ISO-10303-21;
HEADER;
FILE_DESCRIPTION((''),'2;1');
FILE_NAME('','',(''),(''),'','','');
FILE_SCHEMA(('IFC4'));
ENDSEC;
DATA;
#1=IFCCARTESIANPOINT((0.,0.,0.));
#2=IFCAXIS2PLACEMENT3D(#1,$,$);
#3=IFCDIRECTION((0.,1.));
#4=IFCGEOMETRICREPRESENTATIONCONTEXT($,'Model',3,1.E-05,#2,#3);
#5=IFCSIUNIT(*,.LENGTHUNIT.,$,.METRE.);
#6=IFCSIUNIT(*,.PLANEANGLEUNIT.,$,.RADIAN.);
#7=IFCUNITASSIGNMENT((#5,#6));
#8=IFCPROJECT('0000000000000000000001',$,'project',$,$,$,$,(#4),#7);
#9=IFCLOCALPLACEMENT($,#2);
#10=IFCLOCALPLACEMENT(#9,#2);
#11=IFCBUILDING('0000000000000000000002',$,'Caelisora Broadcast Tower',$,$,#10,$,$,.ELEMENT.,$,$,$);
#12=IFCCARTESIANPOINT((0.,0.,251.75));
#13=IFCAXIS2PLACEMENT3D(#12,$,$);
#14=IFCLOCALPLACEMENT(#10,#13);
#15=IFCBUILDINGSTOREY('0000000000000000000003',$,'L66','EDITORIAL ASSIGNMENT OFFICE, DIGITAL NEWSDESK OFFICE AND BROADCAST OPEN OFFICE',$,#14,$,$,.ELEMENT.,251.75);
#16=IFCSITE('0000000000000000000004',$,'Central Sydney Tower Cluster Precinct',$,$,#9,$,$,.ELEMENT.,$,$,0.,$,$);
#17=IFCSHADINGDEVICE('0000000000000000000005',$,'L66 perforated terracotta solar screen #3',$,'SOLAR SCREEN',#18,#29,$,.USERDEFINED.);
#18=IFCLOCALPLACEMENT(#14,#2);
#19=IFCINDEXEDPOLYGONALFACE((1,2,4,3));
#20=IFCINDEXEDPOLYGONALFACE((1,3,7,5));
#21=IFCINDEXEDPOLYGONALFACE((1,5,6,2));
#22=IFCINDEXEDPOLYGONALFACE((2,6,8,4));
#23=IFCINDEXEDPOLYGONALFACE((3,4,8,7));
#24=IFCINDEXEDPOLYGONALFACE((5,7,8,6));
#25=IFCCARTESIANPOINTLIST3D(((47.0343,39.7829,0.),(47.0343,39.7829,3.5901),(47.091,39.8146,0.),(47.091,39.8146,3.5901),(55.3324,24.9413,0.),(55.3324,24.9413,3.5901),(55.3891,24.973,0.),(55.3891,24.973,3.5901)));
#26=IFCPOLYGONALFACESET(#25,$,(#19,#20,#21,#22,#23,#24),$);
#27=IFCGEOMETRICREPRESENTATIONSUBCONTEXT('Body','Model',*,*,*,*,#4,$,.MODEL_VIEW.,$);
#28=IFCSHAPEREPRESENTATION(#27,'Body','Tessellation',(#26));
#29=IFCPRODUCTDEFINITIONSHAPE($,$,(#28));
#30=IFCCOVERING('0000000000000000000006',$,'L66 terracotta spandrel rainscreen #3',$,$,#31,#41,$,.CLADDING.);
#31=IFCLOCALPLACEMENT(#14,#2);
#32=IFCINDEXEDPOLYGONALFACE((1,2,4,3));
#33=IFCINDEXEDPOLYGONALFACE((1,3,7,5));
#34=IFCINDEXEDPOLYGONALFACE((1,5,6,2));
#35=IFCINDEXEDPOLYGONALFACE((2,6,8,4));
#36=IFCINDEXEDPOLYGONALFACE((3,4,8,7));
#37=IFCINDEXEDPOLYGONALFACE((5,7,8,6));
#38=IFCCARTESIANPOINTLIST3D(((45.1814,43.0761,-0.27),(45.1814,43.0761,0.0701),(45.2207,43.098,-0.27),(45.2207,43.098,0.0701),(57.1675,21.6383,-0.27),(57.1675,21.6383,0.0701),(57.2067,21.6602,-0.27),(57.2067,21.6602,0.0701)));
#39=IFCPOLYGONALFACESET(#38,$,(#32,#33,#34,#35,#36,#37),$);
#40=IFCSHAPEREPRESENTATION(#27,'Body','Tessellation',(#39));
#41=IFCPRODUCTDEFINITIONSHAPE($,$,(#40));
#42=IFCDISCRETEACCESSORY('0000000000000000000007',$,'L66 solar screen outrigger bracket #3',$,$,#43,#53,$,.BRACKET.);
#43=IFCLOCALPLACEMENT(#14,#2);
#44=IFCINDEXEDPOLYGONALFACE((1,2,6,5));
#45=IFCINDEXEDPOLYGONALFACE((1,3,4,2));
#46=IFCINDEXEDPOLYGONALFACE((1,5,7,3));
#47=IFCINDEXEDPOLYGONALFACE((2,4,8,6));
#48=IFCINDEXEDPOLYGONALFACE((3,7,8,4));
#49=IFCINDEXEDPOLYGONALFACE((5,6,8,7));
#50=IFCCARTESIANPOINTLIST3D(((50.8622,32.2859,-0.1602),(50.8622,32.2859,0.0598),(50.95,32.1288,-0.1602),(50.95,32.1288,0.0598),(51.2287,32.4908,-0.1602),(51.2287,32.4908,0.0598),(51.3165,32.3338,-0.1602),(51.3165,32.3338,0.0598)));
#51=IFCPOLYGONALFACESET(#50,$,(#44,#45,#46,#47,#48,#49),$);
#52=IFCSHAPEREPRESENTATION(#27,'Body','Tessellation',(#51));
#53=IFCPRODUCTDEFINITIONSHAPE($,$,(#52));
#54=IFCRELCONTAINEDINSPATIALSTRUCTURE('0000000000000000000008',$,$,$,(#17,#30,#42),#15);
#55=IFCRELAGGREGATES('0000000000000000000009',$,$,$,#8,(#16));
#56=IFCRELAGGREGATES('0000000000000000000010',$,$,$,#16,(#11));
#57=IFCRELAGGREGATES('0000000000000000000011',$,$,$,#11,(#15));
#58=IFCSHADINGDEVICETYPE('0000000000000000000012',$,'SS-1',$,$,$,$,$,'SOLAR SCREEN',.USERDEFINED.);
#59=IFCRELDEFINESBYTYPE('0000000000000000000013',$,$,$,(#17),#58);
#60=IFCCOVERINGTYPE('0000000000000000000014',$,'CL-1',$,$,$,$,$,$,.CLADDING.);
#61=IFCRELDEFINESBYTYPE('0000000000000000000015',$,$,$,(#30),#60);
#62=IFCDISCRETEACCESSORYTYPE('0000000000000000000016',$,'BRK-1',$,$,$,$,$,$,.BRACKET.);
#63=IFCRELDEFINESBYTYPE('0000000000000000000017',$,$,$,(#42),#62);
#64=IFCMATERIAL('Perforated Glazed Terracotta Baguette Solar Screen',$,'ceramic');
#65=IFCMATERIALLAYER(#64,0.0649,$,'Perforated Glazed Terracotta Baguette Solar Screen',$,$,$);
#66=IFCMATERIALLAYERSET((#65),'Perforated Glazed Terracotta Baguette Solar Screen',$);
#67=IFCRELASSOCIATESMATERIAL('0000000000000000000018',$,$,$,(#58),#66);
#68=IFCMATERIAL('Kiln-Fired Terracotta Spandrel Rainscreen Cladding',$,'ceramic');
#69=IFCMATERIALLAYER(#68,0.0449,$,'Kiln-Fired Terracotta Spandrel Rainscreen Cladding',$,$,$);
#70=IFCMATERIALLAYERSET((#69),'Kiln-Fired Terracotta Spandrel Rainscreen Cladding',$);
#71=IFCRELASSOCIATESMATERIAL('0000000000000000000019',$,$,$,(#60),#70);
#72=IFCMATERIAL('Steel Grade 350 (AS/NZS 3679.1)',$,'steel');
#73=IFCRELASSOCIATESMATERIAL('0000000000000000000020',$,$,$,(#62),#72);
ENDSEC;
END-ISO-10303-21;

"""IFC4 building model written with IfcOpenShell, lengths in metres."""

from ifc_helpers import new_model, si_unit, direction, frame, origin, origin_2d, place, context, subcontext, project, spatial, rectangle, extrude, source, transform, mapped, material, layer, layer_set, type_object, type_shapes, element, save


model = new_model("IFC4")

# Units and contexts
model_context = context("Model", 3, precision=1e-05, world=origin(), true_north=direction((0.0, 1.0)))
body_context = subcontext(model_context, "Body", "Model", "MODEL_VIEW")
ifc_project = project(units=[si_unit("LENGTHUNIT", "METRE"), si_unit("PLANEANGLEUNIT", "RADIAN")], contexts=[model_context])

# Site, building, storey
site_placement = place(None, origin())
site = spatial("IfcSite", under=ifc_project, at=site_placement, Name="Central Sydney Tower Cluster Precinct", CompositionType="ELEMENT", RefElevation=0.0)
building_placement = place(site_placement, origin())
building = spatial("IfcBuilding", under=site, at=building_placement, Name="Caelisora Broadcast Tower", CompositionType="ELEMENT")
storey_placement = place(building_placement, frame((0.0, 0.0, 251.75)))
storey = spatial("IfcBuildingStorey", under=building, at=storey_placement, Name="L66", Description="EDITORIAL ASSIGNMENT OFFICE, DIGITAL NEWSDESK OFFICE AND BROADCAST OPEN OFFICE", CompositionType="ELEMENT", Elevation=251.75)

# Shared definitions
ifc_material_1 = material(Name="Steel Grade 350 (AS/NZS 3679.1)", Category="steel")

# Shading device
ifc_material_2 = material(Name="Perforated Glazed Terracotta Baguette Solar Screen", Category="ceramic")
ifc_layer_1 = layer(ifc_material_2, 0.0649, Name="Perforated Glazed Terracotta Baguette Solar Screen")
ifc_layer_set_1 = layer_set([ifc_layer_1], Name="Perforated Glazed Terracotta Baguette Solar Screen")
shading_device_type = type_object("IfcShadingDeviceType", Name="SS-1", ElementType="SOLAR SCREEN", PredefinedType="USERDEFINED", material=ifc_layer_set_1)
shared_shape_1 = source(origin(), body_context, "Body", "SweptSolid", [
    extrude(rectangle(XDim=17.0039, YDim=0.0649, at=origin_2d()), origin(), (0.0, 0.0, 1.0), 3.5901),
])
type_shapes(shading_device_type, [shared_shape_1])
shading_device_placement = place(storey_placement, frame((51.2117, 32.3779, 0.0), z_axis=(0.0, 0.0, 1.0), x_axis=(-0.488012, 0.872837, 0.0)))
element("IfcShadingDevice", 1, at=shading_device_placement, inside=storey, type_object=shading_device_type, Name="L66 perforated terracotta solar screen #3", ObjectType="SOLAR SCREEN", PredefinedType="USERDEFINED", context=body_context, shape_type="MappedRepresentation", body=[
    mapped(shared_shape_1, transform((0.0, 0.0, 0.0), scale=1.0)),
])

# Covering
ifc_material_3 = material(Name="Kiln-Fired Terracotta Spandrel Rainscreen Cladding", Category="ceramic")
ifc_layer_2 = layer(ifc_material_3, 0.0449, Name="Kiln-Fired Terracotta Spandrel Rainscreen Cladding")
ifc_layer_set_2 = layer_set([ifc_layer_2], Name="Kiln-Fired Terracotta Spandrel Rainscreen Cladding")
covering_type = type_object("IfcCoveringType", Name="CL-1", PredefinedType="CLADDING", material=ifc_layer_set_2)
shared_shape_2 = source(origin(), body_context, "Body", "SweptSolid", [
    extrude(rectangle(XDim=24.561, YDim=0.0449, at=origin_2d()), origin(), (0.0, 0.0, 1.0), 0.3401),
])
type_shapes(covering_type, [shared_shape_2])
covering_placement = place(storey_placement, frame((51.1941, 32.3682, -0.27), z_axis=(0.0, 0.0, 1.0), x_axis=(-0.488012, 0.872837, 0.0)))
element("IfcCovering", 2, at=covering_placement, inside=storey, type_object=covering_type, Name="L66 terracotta spandrel rainscreen #3", PredefinedType="CLADDING", context=body_context, shape_type="MappedRepresentation", body=[
    mapped(shared_shape_2, transform((0.0, 0.0, 0.0), scale=1.0)),
])

# Discrete accessory
discrete_accessory_type = type_object("IfcDiscreteAccessoryType", Name="BRK-1", PredefinedType="BRACKET", material=ifc_material_1)
shared_shape_3 = source(origin(), body_context, "Body", "SweptSolid", [
    extrude(rectangle(XDim=0.1799, YDim=0.4199, at=origin_2d()), origin(), (0.0, 0.0, 1.0), 0.22),
])
type_shapes(discrete_accessory_type, [shared_shape_3])
discrete_accessory_placement = place(storey_placement, frame((51.0894, 32.3098, -0.1602), z_axis=(0.0, 0.0, 1.0), x_axis=(-0.488012, 0.872837, 0.0)))
element("IfcDiscreteAccessory", 3, at=discrete_accessory_placement, inside=storey, type_object=discrete_accessory_type, Name="L66 solar screen outrigger bracket #3", PredefinedType="BRACKET", context=body_context, shape_type="MappedRepresentation", body=[
    mapped(shared_shape_3, transform((0.0, 0.0, 0.0), scale=1.0)),
])

save(model, "model.ifc")
